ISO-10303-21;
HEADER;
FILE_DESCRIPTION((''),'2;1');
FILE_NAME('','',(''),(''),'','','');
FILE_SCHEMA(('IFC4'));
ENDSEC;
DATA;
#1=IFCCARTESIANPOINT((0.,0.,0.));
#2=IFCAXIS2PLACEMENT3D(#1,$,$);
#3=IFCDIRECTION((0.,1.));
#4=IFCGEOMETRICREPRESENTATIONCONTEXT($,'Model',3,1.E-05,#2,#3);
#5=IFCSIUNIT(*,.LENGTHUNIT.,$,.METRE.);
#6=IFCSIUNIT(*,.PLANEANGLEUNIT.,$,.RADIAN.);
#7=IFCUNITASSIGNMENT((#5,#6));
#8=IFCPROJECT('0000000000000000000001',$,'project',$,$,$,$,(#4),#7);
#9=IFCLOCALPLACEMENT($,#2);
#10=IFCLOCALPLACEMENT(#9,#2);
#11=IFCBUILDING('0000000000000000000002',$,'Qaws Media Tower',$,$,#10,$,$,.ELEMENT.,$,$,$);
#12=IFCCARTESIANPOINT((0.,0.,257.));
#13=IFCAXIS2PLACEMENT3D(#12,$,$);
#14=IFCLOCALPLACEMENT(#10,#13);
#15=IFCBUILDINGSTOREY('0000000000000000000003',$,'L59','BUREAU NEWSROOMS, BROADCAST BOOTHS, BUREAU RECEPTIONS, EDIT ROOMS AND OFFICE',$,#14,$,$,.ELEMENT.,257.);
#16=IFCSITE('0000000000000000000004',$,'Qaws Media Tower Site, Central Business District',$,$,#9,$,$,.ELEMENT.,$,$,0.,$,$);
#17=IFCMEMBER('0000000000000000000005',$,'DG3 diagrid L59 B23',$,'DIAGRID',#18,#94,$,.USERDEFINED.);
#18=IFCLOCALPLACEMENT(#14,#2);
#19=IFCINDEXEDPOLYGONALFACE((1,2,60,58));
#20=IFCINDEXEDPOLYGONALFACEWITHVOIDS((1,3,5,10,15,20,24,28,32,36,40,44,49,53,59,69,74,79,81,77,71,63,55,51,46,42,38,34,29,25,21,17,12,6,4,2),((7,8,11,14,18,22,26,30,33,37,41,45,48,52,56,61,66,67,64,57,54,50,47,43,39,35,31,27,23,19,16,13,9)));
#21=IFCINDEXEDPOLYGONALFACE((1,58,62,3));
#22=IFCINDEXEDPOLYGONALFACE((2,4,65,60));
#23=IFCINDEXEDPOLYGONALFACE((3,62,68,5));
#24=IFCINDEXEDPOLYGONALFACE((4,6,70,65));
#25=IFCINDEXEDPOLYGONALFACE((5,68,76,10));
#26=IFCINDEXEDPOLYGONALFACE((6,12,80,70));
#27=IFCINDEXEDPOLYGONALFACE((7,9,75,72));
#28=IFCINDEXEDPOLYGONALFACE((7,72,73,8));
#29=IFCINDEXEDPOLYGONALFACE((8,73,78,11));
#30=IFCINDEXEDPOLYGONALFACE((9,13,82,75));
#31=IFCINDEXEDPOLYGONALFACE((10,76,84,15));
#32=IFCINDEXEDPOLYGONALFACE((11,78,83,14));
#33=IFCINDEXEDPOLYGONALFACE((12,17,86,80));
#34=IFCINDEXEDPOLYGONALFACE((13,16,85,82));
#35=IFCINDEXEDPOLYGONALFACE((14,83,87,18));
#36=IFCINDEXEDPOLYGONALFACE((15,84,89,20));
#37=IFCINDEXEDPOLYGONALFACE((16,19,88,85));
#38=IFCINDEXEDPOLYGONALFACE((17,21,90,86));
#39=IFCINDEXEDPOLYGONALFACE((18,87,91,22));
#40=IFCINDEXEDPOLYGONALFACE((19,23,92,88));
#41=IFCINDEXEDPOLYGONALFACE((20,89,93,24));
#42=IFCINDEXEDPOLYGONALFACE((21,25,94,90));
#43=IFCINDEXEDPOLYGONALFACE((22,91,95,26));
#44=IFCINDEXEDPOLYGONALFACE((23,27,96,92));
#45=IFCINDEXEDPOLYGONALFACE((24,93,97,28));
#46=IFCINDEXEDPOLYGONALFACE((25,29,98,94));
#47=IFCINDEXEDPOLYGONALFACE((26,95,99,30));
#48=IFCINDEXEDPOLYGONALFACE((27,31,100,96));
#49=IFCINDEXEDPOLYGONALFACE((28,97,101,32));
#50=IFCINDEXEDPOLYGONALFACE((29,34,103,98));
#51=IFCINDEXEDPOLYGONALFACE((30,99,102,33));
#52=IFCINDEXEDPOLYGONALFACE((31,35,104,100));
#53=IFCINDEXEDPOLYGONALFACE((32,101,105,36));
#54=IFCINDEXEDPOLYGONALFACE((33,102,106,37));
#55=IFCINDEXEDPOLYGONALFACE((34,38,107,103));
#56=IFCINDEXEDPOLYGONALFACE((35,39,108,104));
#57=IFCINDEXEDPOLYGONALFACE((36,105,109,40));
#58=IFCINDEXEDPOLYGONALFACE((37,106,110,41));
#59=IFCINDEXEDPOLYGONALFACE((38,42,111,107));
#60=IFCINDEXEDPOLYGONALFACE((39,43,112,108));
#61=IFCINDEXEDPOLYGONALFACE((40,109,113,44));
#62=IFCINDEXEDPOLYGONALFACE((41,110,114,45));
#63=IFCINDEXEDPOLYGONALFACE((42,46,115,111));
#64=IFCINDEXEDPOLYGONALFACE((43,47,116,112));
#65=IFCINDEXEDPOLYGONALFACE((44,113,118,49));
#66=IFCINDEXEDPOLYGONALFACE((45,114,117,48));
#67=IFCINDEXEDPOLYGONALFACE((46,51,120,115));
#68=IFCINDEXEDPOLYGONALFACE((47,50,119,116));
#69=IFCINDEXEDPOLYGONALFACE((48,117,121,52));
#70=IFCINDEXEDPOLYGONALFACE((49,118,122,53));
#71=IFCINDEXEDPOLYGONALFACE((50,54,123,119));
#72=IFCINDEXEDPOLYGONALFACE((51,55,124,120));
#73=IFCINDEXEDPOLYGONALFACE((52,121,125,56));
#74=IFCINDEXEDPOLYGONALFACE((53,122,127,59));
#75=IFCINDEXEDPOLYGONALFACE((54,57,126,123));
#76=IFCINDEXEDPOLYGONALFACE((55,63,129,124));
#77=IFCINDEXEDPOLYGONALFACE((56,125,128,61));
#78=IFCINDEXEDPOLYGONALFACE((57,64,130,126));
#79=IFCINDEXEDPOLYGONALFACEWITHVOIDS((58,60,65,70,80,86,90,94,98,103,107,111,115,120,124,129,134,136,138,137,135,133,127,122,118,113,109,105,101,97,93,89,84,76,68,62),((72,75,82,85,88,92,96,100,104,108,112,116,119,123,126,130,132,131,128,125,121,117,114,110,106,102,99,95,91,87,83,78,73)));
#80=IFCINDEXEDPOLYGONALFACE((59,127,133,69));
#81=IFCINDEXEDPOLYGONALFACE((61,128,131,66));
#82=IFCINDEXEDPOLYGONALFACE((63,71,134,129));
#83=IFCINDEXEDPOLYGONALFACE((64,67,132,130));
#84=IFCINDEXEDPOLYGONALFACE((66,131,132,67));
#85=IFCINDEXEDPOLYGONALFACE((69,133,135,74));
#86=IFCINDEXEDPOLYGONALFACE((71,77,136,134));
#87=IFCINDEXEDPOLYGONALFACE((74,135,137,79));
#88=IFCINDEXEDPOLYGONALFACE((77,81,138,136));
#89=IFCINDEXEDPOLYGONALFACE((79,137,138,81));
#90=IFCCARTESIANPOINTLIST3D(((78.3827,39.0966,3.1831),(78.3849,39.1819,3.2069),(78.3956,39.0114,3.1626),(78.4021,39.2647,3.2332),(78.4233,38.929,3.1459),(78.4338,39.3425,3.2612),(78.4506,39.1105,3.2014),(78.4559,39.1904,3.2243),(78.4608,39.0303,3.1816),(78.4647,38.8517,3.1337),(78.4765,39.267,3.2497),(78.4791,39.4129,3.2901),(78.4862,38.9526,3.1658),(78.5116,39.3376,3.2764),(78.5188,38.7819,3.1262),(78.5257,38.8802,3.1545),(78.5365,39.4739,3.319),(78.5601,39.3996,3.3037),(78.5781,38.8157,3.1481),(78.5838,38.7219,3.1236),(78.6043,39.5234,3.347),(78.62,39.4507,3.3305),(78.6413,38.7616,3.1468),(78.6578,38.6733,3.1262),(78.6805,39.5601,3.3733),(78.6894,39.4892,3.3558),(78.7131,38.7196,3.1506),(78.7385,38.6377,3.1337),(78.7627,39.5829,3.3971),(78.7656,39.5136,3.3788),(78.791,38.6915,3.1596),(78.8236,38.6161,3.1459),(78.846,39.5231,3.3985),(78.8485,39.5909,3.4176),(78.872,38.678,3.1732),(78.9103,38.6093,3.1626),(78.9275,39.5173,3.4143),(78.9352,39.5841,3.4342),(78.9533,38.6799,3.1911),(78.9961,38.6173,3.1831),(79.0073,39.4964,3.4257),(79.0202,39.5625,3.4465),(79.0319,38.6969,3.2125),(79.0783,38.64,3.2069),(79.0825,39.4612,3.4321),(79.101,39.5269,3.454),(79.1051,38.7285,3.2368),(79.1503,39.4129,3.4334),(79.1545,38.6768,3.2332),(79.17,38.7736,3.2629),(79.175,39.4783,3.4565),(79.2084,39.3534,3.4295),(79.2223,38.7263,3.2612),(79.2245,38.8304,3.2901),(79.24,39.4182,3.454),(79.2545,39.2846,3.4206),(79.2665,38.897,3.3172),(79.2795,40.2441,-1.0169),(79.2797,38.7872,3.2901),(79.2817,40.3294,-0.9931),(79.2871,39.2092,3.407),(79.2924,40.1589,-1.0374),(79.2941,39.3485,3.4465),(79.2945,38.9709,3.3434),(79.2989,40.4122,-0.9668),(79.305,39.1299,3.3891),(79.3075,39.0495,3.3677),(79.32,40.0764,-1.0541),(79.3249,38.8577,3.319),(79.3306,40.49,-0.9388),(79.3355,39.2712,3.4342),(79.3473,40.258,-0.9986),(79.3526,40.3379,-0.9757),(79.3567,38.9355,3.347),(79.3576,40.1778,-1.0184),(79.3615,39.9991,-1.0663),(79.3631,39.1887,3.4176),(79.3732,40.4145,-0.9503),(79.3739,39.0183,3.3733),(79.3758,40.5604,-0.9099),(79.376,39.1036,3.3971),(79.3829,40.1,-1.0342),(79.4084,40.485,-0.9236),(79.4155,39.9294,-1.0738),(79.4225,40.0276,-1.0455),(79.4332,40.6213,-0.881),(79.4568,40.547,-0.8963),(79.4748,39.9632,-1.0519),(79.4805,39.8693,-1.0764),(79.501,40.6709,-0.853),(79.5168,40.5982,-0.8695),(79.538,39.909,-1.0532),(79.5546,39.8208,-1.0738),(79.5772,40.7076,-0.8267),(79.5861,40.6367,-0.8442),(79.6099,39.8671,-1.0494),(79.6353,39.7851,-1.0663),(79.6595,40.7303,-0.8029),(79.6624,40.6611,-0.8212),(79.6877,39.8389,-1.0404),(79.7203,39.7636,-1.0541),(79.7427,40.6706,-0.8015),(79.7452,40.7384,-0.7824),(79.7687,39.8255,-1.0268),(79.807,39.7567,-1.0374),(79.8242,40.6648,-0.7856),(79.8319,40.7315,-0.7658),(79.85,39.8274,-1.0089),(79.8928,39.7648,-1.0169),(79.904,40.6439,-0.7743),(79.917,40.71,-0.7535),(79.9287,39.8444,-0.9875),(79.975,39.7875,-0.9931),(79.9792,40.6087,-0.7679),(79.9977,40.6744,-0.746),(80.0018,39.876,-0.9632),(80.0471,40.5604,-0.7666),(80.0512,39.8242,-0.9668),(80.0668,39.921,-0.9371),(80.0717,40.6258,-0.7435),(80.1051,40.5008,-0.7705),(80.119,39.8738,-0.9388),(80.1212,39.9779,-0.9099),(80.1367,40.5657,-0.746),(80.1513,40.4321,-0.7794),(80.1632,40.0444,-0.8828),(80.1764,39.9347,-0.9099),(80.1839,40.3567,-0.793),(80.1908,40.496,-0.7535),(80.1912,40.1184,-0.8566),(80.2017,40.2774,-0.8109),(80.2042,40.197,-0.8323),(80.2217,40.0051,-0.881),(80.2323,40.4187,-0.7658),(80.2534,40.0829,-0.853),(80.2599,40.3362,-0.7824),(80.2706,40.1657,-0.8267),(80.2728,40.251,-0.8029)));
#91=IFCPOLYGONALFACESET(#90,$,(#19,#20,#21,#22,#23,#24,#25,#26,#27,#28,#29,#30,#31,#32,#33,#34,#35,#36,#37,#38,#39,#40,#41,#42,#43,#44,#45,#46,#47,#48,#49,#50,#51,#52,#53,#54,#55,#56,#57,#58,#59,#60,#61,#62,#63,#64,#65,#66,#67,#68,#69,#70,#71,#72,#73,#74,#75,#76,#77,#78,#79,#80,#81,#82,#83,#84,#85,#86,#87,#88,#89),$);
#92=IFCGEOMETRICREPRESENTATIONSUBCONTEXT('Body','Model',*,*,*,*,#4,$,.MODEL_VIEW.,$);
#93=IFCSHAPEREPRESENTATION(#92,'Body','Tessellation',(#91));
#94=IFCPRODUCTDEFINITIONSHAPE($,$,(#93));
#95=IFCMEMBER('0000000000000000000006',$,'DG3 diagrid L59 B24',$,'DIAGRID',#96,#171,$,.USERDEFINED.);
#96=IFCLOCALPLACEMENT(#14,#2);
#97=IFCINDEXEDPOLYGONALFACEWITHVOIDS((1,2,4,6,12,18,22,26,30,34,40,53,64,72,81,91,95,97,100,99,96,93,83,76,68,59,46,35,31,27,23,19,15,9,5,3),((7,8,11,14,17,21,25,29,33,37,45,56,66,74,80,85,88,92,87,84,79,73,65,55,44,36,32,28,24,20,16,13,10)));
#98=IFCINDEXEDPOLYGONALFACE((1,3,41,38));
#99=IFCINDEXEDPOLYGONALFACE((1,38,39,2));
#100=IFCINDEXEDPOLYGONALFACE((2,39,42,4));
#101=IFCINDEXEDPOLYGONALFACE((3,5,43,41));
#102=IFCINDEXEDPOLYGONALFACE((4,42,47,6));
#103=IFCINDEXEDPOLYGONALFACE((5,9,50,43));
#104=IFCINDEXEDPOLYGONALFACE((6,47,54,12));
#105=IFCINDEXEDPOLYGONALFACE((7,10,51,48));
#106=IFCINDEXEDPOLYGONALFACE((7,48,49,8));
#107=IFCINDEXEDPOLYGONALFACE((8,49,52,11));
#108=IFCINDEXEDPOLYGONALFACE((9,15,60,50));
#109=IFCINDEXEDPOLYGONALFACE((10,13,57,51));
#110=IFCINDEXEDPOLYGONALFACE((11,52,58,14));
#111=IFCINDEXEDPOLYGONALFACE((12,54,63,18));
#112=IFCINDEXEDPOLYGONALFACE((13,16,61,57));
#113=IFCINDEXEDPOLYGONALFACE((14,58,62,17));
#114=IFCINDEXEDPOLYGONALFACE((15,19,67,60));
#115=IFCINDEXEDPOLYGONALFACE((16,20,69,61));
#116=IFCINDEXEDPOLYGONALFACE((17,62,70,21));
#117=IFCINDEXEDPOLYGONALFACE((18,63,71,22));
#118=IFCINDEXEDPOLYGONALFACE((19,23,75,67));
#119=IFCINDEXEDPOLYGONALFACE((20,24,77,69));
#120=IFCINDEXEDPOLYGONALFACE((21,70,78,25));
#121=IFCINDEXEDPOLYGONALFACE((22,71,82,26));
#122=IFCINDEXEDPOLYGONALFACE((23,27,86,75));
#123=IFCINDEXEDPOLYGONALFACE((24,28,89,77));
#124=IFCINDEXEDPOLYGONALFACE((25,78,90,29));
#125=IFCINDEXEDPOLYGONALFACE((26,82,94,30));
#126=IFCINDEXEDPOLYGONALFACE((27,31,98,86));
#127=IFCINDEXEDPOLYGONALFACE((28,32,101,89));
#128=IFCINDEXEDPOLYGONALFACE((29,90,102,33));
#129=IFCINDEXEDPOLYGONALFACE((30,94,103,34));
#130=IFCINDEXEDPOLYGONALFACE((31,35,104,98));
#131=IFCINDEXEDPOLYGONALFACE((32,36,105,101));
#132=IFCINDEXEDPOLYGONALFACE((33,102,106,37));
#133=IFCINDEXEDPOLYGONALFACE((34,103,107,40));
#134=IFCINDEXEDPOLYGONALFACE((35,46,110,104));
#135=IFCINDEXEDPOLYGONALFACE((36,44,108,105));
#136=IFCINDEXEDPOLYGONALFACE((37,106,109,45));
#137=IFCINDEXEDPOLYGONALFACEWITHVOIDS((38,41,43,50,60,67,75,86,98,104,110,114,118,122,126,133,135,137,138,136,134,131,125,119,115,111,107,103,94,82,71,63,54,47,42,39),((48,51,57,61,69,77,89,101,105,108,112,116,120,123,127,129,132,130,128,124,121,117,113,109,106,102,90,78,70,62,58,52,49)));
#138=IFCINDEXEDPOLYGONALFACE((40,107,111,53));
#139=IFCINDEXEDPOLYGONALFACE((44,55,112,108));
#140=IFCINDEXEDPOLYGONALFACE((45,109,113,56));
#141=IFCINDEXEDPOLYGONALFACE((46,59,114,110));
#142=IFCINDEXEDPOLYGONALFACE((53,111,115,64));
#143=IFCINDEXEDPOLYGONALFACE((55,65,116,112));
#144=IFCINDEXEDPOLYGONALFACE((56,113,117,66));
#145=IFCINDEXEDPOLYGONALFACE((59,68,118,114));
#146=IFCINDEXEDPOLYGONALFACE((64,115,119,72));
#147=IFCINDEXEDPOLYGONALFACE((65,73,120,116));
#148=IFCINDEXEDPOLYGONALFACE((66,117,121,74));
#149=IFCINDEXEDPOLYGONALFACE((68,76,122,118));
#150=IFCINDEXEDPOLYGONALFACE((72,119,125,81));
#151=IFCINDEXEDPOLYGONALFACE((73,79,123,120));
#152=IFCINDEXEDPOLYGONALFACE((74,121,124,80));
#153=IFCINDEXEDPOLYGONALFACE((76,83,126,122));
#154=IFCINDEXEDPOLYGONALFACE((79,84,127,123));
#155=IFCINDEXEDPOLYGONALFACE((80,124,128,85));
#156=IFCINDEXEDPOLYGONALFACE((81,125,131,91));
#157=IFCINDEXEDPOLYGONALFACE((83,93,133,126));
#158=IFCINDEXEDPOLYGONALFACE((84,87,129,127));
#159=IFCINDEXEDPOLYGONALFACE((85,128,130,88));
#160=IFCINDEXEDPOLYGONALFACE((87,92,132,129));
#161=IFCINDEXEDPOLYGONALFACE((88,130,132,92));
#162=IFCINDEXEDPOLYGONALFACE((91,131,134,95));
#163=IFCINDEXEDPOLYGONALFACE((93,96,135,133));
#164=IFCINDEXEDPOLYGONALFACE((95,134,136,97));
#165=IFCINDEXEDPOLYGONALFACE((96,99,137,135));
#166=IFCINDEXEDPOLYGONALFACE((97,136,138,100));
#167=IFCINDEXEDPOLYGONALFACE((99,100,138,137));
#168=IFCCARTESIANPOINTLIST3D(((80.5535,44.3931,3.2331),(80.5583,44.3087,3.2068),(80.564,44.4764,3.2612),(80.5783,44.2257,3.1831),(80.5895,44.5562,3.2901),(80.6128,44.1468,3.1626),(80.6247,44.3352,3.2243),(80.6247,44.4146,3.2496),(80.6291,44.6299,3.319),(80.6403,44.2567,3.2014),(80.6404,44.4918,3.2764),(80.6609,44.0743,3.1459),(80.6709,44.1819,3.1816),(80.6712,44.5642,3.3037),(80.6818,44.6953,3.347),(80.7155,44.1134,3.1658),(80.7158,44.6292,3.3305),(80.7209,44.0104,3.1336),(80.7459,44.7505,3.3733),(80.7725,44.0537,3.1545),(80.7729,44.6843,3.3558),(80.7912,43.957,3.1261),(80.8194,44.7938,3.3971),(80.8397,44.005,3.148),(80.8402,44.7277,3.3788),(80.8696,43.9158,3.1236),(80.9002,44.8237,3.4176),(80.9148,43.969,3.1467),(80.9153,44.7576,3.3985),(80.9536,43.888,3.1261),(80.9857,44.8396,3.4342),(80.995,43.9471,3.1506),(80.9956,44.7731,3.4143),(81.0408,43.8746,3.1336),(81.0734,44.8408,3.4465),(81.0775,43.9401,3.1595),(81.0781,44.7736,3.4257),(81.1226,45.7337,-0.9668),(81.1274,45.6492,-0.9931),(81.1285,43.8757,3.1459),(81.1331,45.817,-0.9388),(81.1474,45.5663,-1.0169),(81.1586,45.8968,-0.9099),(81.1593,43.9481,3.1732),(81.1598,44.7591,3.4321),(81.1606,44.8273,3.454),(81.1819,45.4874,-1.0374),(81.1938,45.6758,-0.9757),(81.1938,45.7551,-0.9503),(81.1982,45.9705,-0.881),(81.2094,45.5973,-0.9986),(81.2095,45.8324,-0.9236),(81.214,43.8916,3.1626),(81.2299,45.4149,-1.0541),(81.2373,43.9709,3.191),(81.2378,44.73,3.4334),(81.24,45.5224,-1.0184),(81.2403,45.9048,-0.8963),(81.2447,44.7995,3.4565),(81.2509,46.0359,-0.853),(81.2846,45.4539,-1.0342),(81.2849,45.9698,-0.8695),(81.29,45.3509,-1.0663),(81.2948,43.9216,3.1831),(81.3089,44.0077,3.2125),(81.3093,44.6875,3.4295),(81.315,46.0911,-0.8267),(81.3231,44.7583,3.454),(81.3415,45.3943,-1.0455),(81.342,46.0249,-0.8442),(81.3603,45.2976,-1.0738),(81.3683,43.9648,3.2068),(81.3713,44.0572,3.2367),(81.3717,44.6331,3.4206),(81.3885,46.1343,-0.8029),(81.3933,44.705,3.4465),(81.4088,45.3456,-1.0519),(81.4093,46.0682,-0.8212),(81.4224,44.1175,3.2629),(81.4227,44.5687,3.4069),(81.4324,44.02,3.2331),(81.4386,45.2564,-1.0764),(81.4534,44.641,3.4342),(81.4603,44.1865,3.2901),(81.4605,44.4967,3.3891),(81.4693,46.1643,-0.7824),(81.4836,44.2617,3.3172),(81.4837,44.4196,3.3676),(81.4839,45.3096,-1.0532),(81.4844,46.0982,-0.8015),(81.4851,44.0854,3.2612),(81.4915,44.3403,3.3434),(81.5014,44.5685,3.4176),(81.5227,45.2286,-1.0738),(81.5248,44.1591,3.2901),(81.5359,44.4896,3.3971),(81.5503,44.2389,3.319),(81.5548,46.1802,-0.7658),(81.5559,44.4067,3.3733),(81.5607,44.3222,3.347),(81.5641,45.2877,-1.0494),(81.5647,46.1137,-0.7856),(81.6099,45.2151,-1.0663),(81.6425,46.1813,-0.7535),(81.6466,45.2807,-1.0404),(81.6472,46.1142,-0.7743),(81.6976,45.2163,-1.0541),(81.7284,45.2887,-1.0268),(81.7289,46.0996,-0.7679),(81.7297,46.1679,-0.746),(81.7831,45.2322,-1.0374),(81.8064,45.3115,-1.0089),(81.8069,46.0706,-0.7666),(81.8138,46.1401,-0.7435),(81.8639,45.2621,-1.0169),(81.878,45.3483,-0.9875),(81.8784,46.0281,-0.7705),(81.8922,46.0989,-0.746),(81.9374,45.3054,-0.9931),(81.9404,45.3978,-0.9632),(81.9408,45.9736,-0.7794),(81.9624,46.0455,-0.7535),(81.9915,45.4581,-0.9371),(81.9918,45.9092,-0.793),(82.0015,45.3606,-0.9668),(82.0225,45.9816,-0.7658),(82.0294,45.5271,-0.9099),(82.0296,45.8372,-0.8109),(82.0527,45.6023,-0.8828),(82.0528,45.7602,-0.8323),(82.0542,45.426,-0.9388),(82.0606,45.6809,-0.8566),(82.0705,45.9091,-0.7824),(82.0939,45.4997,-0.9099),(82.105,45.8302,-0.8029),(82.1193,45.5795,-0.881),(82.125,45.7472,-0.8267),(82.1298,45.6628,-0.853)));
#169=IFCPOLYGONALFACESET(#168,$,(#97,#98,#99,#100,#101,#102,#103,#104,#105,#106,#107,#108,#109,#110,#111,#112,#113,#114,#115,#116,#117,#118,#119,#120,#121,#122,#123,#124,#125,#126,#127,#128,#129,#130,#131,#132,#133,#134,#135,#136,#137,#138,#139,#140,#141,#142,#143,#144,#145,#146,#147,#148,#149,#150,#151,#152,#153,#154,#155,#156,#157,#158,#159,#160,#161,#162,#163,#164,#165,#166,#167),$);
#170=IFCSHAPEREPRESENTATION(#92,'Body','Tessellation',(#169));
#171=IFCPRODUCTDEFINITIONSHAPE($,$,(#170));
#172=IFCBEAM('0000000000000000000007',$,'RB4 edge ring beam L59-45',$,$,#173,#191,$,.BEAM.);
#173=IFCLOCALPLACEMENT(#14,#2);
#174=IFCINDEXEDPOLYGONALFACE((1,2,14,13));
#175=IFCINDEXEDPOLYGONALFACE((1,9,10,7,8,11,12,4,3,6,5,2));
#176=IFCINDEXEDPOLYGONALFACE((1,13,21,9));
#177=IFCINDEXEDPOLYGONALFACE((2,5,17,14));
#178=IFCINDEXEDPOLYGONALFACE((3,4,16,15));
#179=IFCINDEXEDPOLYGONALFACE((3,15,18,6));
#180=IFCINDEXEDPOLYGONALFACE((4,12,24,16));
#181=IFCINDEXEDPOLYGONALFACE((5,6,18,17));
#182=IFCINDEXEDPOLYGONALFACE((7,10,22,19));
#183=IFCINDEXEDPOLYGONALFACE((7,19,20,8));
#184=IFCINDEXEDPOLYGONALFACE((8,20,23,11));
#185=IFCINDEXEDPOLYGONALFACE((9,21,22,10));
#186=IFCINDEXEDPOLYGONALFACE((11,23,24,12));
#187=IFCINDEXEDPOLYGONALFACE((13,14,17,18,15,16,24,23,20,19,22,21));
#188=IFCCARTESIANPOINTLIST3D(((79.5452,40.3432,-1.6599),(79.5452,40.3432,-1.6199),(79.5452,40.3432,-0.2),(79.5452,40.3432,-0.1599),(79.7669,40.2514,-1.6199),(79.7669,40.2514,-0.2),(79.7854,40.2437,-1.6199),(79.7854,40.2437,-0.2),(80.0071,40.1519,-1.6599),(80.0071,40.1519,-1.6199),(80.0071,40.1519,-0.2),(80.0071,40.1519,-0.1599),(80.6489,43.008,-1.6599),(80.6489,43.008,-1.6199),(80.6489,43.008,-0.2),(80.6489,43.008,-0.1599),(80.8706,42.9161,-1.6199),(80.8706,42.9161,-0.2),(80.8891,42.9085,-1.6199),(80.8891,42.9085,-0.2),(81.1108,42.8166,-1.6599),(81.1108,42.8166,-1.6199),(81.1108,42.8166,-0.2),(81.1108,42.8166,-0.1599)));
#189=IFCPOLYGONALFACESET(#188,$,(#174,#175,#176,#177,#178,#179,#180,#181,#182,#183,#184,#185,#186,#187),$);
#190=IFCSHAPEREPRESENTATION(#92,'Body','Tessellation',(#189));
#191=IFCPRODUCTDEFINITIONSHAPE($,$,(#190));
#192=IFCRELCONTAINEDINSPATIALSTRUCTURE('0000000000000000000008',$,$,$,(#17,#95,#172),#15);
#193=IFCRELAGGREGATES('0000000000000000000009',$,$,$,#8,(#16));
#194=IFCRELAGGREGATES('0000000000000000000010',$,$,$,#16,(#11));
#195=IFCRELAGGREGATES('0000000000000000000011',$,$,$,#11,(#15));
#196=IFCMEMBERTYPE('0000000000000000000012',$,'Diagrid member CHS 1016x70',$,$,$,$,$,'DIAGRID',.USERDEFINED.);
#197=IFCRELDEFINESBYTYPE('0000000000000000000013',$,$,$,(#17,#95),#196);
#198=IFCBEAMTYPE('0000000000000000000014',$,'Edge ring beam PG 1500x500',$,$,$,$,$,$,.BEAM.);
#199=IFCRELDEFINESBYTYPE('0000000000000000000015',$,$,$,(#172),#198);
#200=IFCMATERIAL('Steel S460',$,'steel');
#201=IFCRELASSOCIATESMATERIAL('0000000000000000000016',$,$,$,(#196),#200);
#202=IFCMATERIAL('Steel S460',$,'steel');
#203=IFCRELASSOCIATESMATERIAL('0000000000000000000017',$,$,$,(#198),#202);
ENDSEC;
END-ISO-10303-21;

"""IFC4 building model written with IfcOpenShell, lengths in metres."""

from ifc_helpers import new_model, si_unit, direction, frame, origin, origin_2d, place, context, subcontext, project, spatial, hollow_circle, i_section, extrude, material, material_profile, profile_set, type_object, element, save


model = new_model("IFC4")

# Units and contexts
model_context = context("Model", 3, precision=1e-05, world=origin(), true_north=direction((0.0, 1.0)))
body_context = subcontext(model_context, "Body", "Model", "MODEL_VIEW")
ifc_project = project(units=[si_unit("LENGTHUNIT", "METRE"), si_unit("PLANEANGLEUNIT", "RADIAN")], contexts=[model_context])

# Site, building, storey
site_placement = place(None, origin())
site = spatial("IfcSite", under=ifc_project, at=site_placement, Name="Qaws Media Tower Site, Central Business District", CompositionType="ELEMENT", RefElevation=0.0)
building_placement = place(site_placement, origin())
building = spatial("IfcBuilding", under=site, at=building_placement, Name="Qaws Media Tower", CompositionType="ELEMENT")
storey_placement = place(building_placement, frame((0.0, 0.0, 257.0)))
storey = spatial("IfcBuildingStorey", under=building, at=storey_placement, Name="L59", Description="BUREAU NEWSROOMS, BROADCAST BOOTHS, BUREAU RECEPTIONS, EDIT ROOMS AND OFFICE", CompositionType="ELEMENT", Elevation=257.0)

# Members
ifc_material_1 = material(Name="Steel S460", Category="steel")
ifc_material_profile_1 = material_profile(ifc_material_1, hollow_circle(Radius=0.5081, WallThickness=0.0701, at=origin_2d()), Name="CHS 1016x70")
ifc_profile_set_1 = profile_set([ifc_material_profile_1], Name="Steel S460")
member_type_1 = type_object("IfcMemberType", Name="Diagrid member CHS 1016x70", ElementType="DIAGRID", PredefinedType="USERDEFINED", material=ifc_profile_set_1)
for number, where, z_axis, x_axis, name in (
    (1, (79.7761, 40.2476, -0.9099), (-0.201727, -0.258131, 0.944815), (0.787933, -0.615761, 0.0), "DG3 diagrid L59 B23"),
    (2, (81.6262, 45.6982, -0.9099), (-0.128021, -0.301572, 0.944809), (0.920492, -0.390761, 0.0), "DG3 diagrid L59 B24"),
):
    element("IfcMember", number, at=place(storey_placement, frame(where, z_axis=z_axis, x_axis=x_axis)), inside=storey, type_object=member_type_1, Name=name, ObjectType="DIAGRID", PredefinedType="USERDEFINED", context=body_context, shape_type="SweptSolid", body=[
        extrude(hollow_circle(Radius=0.5081, WallThickness=0.0701, at=origin_2d()), origin(), (0.0, 0.0, 1.0), 4.4453),
    ])

# Beam
ifc_material_2 = material(Name="Steel S460", Category="steel")
ifc_material_profile_2 = material_profile(ifc_material_2, i_section(OverallWidth=0.5, OverallDepth=1.5, WebThickness=0.02, FlangeThickness=0.04, at=origin_2d()), Name="PG 1500x500")
ifc_profile_set_2 = profile_set([ifc_material_profile_2], Name="Steel S460")
beam_type_1 = type_object("IfcBeamType", Name="Edge ring beam PG 1500x500", PredefinedType="BEAM", material=ifc_profile_set_2)
beam_1_placement = place(storey_placement, frame((79.7761, 40.2476, -0.9099), z_axis=(0.382673, 0.923884, 0.0), x_axis=(-0.923884, 0.382673, 0.0)))
element("IfcBeam", 3, at=beam_1_placement, inside=storey, type_object=beam_type_1, Name="RB4 edge ring beam L59-45", PredefinedType="BEAM", context=body_context, shape_type="SweptSolid", body=[
    extrude(i_section(OverallWidth=0.5, OverallDepth=1.5, WebThickness=0.02, FlangeThickness=0.04, at=origin_2d()), origin(), (0.0, 0.0, 1.0), 2.8843),
])

save(model, "model.ifc")
